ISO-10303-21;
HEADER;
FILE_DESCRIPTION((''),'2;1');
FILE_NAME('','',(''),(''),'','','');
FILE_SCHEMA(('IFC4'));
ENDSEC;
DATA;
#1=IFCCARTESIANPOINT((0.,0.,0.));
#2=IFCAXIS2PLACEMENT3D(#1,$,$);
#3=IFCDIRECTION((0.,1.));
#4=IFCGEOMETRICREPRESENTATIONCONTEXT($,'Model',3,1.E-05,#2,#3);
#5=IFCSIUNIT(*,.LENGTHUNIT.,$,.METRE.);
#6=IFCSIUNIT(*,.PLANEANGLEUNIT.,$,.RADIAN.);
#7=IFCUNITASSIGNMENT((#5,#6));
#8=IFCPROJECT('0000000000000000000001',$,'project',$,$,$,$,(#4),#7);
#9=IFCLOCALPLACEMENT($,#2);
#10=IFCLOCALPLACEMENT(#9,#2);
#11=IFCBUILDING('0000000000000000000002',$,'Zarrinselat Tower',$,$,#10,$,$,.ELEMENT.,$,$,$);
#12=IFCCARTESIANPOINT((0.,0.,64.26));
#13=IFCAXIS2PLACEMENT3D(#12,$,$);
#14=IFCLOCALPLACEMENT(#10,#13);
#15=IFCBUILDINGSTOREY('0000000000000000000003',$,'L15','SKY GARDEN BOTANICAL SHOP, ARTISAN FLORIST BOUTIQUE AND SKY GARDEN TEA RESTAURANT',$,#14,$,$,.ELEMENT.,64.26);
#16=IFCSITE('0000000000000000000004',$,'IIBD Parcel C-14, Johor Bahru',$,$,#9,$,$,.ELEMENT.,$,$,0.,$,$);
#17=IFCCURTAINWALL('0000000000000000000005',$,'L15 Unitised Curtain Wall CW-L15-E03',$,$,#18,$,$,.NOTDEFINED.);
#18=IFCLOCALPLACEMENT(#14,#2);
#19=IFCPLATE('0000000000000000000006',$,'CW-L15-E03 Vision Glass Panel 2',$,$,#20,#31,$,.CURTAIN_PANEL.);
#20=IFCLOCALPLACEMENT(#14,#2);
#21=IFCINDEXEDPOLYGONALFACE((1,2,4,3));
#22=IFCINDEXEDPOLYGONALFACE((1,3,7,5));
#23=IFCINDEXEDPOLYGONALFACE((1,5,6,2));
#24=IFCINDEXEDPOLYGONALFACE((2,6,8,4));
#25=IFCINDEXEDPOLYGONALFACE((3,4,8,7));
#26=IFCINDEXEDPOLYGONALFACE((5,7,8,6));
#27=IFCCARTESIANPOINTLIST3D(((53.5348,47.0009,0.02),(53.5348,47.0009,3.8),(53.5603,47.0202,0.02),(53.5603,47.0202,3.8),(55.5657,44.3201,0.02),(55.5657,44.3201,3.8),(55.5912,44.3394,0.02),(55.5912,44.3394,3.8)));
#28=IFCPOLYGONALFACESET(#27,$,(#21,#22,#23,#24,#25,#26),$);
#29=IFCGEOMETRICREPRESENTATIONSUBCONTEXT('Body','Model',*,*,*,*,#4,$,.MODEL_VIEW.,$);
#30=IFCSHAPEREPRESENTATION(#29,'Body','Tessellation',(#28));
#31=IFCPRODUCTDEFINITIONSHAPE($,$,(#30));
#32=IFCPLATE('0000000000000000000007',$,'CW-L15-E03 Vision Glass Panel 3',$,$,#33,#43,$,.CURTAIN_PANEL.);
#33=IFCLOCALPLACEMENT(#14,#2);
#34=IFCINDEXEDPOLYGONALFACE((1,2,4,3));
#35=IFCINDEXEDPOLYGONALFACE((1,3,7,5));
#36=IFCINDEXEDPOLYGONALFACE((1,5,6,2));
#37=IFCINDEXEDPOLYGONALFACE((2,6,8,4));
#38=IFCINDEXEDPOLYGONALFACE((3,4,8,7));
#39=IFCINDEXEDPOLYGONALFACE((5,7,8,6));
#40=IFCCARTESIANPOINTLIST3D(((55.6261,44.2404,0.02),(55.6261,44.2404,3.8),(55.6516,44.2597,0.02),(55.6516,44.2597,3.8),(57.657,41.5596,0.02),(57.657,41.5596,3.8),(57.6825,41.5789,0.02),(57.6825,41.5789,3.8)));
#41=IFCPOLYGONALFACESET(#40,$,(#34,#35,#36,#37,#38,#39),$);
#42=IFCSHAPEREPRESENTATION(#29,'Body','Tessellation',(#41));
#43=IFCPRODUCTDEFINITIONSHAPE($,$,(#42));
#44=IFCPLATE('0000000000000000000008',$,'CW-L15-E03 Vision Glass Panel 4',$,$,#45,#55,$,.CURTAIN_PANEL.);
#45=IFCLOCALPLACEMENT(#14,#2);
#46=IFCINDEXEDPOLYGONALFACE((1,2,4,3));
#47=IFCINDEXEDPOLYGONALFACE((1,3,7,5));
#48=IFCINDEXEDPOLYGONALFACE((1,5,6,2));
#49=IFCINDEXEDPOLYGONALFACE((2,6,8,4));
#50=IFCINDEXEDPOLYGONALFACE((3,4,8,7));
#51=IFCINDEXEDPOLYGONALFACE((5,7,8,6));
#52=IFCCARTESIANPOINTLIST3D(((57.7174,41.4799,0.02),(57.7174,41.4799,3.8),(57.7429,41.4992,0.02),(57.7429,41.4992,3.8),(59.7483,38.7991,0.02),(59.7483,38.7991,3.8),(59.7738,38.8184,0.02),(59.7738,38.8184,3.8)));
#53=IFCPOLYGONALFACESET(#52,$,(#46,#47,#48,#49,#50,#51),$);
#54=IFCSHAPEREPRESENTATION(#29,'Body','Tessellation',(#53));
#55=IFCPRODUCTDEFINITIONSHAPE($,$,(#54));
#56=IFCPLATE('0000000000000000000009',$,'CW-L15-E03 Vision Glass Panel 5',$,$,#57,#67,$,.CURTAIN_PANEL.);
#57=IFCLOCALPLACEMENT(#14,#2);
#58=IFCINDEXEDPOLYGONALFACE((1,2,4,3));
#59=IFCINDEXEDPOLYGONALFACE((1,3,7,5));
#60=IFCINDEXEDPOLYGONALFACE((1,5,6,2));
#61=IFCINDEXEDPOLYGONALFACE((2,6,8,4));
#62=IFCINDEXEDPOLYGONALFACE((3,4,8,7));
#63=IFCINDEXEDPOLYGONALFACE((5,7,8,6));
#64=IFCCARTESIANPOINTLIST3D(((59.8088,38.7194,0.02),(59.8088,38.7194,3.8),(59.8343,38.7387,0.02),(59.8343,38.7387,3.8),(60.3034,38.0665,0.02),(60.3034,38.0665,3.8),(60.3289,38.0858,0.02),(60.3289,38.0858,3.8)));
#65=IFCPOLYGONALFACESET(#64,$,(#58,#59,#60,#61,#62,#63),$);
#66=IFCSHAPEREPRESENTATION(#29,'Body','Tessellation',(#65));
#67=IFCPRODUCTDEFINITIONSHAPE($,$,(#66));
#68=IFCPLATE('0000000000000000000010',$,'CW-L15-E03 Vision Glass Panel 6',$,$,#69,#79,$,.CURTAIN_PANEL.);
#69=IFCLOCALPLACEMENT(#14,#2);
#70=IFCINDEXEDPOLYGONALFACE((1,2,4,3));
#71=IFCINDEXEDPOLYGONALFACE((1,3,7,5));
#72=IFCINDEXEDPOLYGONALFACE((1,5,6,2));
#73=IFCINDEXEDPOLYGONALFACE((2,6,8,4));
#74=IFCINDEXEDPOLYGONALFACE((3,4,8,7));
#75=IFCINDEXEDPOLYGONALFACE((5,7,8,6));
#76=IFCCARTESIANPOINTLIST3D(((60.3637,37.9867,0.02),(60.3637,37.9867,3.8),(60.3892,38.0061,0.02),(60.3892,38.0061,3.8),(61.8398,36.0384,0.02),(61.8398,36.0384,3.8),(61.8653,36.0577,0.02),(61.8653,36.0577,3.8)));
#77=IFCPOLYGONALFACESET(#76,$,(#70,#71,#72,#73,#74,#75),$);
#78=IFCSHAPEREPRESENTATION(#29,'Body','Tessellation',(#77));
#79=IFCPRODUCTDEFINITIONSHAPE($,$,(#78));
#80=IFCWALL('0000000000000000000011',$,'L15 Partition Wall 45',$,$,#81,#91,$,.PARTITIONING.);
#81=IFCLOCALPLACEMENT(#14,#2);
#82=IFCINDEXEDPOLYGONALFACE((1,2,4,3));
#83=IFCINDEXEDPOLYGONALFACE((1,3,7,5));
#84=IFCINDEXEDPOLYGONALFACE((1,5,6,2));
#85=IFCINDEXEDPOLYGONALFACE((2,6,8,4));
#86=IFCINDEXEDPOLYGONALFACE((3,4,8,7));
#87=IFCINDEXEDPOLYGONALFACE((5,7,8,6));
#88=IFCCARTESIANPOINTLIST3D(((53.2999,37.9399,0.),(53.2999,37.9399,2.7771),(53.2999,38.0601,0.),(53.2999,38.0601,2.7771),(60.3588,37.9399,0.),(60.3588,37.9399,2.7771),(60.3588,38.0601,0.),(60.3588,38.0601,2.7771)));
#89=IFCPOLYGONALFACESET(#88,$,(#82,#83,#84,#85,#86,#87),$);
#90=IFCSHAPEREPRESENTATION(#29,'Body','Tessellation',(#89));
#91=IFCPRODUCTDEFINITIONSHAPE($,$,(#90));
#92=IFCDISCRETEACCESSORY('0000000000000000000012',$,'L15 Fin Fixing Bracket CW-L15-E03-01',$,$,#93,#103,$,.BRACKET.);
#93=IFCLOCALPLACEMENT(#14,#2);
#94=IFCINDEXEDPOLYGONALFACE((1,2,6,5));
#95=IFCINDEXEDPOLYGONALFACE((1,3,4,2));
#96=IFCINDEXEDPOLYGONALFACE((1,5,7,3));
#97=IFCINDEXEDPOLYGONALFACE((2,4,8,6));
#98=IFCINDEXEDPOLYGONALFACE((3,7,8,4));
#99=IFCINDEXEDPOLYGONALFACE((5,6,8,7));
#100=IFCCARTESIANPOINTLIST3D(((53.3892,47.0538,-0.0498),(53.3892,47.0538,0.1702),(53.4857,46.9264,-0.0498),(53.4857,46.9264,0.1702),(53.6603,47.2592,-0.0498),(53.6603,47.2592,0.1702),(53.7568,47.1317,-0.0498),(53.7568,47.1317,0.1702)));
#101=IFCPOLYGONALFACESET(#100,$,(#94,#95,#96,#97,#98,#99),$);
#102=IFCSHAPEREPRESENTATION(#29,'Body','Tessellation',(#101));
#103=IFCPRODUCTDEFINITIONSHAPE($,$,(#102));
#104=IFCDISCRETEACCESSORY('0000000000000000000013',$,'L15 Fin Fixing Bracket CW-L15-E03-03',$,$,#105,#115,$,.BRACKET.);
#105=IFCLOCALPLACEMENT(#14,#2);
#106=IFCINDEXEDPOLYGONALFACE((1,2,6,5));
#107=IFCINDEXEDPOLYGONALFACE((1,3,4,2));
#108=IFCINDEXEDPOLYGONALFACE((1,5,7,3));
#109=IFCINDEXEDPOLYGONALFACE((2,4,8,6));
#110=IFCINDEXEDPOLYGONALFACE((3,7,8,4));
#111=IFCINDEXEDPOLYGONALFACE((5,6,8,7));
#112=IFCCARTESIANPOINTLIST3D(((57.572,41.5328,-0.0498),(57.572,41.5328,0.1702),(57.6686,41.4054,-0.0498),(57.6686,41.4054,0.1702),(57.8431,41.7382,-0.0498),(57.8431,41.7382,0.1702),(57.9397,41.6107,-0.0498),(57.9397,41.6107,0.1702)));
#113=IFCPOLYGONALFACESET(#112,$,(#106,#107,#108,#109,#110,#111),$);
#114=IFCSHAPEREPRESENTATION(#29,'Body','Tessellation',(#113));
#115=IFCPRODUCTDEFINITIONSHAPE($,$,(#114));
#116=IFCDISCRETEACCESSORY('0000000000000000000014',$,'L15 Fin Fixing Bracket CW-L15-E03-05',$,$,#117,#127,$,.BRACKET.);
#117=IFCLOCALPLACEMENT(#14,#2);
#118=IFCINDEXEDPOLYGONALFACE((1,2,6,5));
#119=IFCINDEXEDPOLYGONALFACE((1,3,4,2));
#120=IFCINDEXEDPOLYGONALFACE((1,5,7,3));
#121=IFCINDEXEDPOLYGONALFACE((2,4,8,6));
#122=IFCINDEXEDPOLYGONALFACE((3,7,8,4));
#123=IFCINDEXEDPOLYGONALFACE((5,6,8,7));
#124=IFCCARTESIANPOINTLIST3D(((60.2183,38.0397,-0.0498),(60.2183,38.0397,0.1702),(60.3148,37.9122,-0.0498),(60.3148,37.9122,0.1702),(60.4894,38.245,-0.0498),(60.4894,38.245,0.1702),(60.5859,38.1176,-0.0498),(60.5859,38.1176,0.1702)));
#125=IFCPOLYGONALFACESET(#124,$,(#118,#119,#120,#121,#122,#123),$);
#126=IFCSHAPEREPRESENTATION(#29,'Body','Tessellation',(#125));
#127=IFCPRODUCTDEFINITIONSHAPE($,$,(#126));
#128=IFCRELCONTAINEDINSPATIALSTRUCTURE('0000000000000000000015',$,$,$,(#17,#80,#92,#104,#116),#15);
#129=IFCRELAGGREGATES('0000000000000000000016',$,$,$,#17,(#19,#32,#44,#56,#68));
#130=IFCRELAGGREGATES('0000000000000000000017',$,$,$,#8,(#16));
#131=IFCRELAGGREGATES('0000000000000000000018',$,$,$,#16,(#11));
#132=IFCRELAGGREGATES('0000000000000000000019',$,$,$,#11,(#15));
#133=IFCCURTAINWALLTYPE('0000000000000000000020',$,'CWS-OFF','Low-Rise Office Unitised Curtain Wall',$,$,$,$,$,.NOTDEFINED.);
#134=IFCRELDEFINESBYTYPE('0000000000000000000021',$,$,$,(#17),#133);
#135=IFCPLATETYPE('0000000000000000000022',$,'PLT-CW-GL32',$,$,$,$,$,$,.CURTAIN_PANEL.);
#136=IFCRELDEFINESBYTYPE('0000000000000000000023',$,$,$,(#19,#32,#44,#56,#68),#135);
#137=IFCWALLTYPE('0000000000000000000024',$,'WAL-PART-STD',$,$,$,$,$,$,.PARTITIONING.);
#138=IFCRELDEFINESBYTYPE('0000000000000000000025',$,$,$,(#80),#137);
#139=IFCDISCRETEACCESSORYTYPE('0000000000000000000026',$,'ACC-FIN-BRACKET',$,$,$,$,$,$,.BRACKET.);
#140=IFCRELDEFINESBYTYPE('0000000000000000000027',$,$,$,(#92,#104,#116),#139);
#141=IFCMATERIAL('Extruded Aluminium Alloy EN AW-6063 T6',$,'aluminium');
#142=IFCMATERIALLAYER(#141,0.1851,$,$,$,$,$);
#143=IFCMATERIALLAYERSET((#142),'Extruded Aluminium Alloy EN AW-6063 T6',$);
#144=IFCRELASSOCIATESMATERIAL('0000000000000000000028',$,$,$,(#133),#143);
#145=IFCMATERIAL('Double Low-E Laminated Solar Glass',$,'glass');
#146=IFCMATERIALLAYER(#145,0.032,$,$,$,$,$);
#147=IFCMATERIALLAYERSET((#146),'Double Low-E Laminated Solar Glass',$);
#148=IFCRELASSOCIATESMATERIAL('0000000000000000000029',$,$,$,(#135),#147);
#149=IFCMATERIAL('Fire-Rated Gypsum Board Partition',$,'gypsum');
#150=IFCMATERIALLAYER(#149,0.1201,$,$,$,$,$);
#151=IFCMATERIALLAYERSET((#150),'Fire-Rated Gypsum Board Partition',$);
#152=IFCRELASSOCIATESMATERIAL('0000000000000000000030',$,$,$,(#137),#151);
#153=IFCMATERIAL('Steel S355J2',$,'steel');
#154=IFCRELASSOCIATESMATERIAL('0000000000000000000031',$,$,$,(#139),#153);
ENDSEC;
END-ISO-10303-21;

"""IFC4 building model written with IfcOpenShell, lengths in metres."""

from ifc_helpers import new_model, si_unit, direction, frame, frame_2d, origin, origin_2d, place, context, subcontext, project, spatial, rectangle, extrude, material, layer, layer_set, type_object, element, aggregate, save


model = new_model("IFC4")

# Units and contexts
model_context = context("Model", 3, precision=1e-05, world=origin(), true_north=direction((0.0, 1.0)))
body_context = subcontext(model_context, "Body", "Model", "MODEL_VIEW")
ifc_project = project(units=[si_unit("LENGTHUNIT", "METRE"), si_unit("PLANEANGLEUNIT", "RADIAN")], contexts=[model_context])

# Site, building, storey
site_placement = place(None, origin())
site = spatial("IfcSite", under=ifc_project, at=site_placement, Name="IIBD Parcel C-14, Johor Bahru", CompositionType="ELEMENT", RefElevation=0.0)
building_placement = place(site_placement, origin())
building = spatial("IfcBuilding", under=site, at=building_placement, Name="Zarrinselat Tower", CompositionType="ELEMENT")
storey_placement = place(building_placement, frame((0.0, 0.0, 64.26)))
storey = spatial("IfcBuildingStorey", under=building, at=storey_placement, Name="L15", Description="SKY GARDEN BOTANICAL SHOP, ARTISAN FLORIST BOUTIQUE AND SKY GARDEN TEA RESTAURANT", CompositionType="ELEMENT", Elevation=64.26)

# Curtain wall, plates
ifc_material_1 = material(Name="Extruded Aluminium Alloy EN AW-6063 T6", Category="aluminium")
ifc_layer_1 = layer(ifc_material_1, 0.1851)
ifc_layer_set_1 = layer_set([ifc_layer_1], Name="Extruded Aluminium Alloy EN AW-6063 T6")
curtain_wall_type = type_object("IfcCurtainWallType", Name="CWS-OFF", Description="Low-Rise Office Unitised Curtain Wall", PredefinedType="NOTDEFINED", material=ifc_layer_set_1)
curtain_wall_placement = place(storey_placement, origin())
curtain_wall = element("IfcCurtainWall", 1, at=curtain_wall_placement, inside=storey, type_object=curtain_wall_type, Name="L15 Unitised Curtain Wall CW-L15-E03", PredefinedType="NOTDEFINED")
ifc_material_2 = material(Name="Double Low-E Laminated Solar Glass", Category="glass")
ifc_layer_2 = layer(ifc_material_2, 0.032)
ifc_layer_set_2 = layer_set([ifc_layer_2], Name="Double Low-E Laminated Solar Glass")
plate_type = type_object("IfcPlateType", Name="PLT-CW-GL32", PredefinedType="CURTAIN_PANEL", material=ifc_layer_set_2)
plate_1_placement = place(storey_placement, frame((54.563, 45.6702, 0.02), z_axis=(0.0, 0.0, 1.0), x_axis=(0.60386, -0.797091, 0.0)))
plate_1 = element("IfcPlate", 2, at=plate_1_placement, type_object=plate_type, Name="CW-L15-E03 Vision Glass Panel 2", PredefinedType="CURTAIN_PANEL", context=body_context, shape_type="SweptSolid", body=[
    extrude(rectangle(XDim=3.3633, YDim=0.032, at=origin_2d()), origin(), (0.0, 0.0, 1.0), 3.78),
])
plate_2_placement = place(storey_placement, frame((56.6543, 42.9097, 0.02), z_axis=(0.0, 0.0, 1.0), x_axis=(0.60386, -0.797091, 0.0)))
plate_2 = element("IfcPlate", 3, at=plate_2_placement, type_object=plate_type, Name="CW-L15-E03 Vision Glass Panel 3", PredefinedType="CURTAIN_PANEL", context=body_context, shape_type="SweptSolid", body=[
    extrude(rectangle(XDim=3.3633, YDim=0.032, at=origin_2d()), origin(), (0.0, 0.0, 1.0), 3.78),
])
plate_3_placement = place(storey_placement, frame((58.7456, 40.1492, 0.02), z_axis=(0.0, 0.0, 1.0), x_axis=(0.60386, -0.797091, 0.0)))
plate_3 = element("IfcPlate", 4, at=plate_3_placement, type_object=plate_type, Name="CW-L15-E03 Vision Glass Panel 4", PredefinedType="CURTAIN_PANEL", context=body_context, shape_type="SweptSolid", body=[
    extrude(rectangle(XDim=3.3633, YDim=0.032, at=origin_2d()), origin(), (0.0, 0.0, 1.0), 3.78),
])
plate_4_placement = place(storey_placement, frame((60.0688, 38.4026, 0.02), z_axis=(0.0, 0.0, 1.0), x_axis=(0.60386, -0.797091, 0.0)))
plate_4 = element("IfcPlate", 5, at=plate_4_placement, type_object=plate_type, Name="CW-L15-E03 Vision Glass Panel 5", PredefinedType="CURTAIN_PANEL", context=body_context, shape_type="SweptSolid", body=[
    extrude(rectangle(XDim=0.8191, YDim=0.032, at=origin_2d()), origin(), (0.0, 0.0, 1.0), 3.78),
])
plate_5_placement = place(storey_placement, frame((61.1145, 37.0222, 0.02), z_axis=(0.0, 0.0, 1.0), x_axis=(0.60386, -0.797091, 0.0)))
plate_5 = element("IfcPlate", 6, at=plate_5_placement, type_object=plate_type, Name="CW-L15-E03 Vision Glass Panel 6", PredefinedType="CURTAIN_PANEL", context=body_context, shape_type="SweptSolid", body=[
    extrude(rectangle(XDim=2.4443, YDim=0.032, at=origin_2d()), origin(), (0.0, 0.0, 1.0), 3.78),
])
aggregate(curtain_wall, [plate_1, plate_2, plate_3, plate_4, plate_5])

# Wall
ifc_material_3 = material(Name="Fire-Rated Gypsum Board Partition", Category="gypsum")
ifc_layer_3 = layer(ifc_material_3, 0.1201)
ifc_layer_set_3 = layer_set([ifc_layer_3], Name="Fire-Rated Gypsum Board Partition")
wall_type = type_object("IfcWallType", Name="WAL-PART-STD", PredefinedType="PARTITIONING", material=ifc_layer_set_3)
wall_placement = place(storey_placement, frame((53.3, 38.0, 0.0), z_axis=(0.0, 0.0, 1.0), x_axis=(1.0, 0.0, 0.0)))
element("IfcWall", 7, at=wall_placement, inside=storey, type_object=wall_type, Name="L15 Partition Wall 45", PredefinedType="PARTITIONING", context=body_context, shape_type="SweptSolid", body=[
    extrude(rectangle(XDim=7.0588, YDim=0.1201, at=frame_2d((3.5293, 0.0))), origin(), (0.0, 0.0, 1.0), 2.7771),
])

# Discrete accessories
ifc_material_4 = material(Name="Steel S355J2", Category="steel")
discrete_accessory_type = type_object("IfcDiscreteAccessoryType", Name="ACC-FIN-BRACKET", PredefinedType="BRACKET", material=ifc_material_4)
for number, where, z_axis, x_axis, name in (
    (8, (53.573, 47.0928, -0.0498), (0.0, 0.0, 1.0), (0.797091, 0.60386, 0.0), "L15 Fin Fixing Bracket CW-L15-E03-01"),
    (9, (57.7559, 41.5718, -0.0498), (0.0, 0.0, 1.0), (0.797091, 0.60386, 0.0), "L15 Fin Fixing Bracket CW-L15-E03-03"),
    (10, (60.4021, 38.0786, -0.0498), (0.0, 0.0, 1.0), (0.797091, 0.60386, 0.0), "L15 Fin Fixing Bracket CW-L15-E03-05"),
):
    element("IfcDiscreteAccessory", number, at=place(storey_placement, frame(where, z_axis=z_axis, x_axis=x_axis)), inside=storey, type_object=discrete_accessory_type, Name=name, PredefinedType="BRACKET", context=body_context, shape_type="SweptSolid", body=[
        extrude(rectangle(XDim=0.3401, YDim=0.1599, at=origin_2d()), origin(), (0.0, 0.0, 1.0), 0.22),
    ])

save(model, "model.ifc")
